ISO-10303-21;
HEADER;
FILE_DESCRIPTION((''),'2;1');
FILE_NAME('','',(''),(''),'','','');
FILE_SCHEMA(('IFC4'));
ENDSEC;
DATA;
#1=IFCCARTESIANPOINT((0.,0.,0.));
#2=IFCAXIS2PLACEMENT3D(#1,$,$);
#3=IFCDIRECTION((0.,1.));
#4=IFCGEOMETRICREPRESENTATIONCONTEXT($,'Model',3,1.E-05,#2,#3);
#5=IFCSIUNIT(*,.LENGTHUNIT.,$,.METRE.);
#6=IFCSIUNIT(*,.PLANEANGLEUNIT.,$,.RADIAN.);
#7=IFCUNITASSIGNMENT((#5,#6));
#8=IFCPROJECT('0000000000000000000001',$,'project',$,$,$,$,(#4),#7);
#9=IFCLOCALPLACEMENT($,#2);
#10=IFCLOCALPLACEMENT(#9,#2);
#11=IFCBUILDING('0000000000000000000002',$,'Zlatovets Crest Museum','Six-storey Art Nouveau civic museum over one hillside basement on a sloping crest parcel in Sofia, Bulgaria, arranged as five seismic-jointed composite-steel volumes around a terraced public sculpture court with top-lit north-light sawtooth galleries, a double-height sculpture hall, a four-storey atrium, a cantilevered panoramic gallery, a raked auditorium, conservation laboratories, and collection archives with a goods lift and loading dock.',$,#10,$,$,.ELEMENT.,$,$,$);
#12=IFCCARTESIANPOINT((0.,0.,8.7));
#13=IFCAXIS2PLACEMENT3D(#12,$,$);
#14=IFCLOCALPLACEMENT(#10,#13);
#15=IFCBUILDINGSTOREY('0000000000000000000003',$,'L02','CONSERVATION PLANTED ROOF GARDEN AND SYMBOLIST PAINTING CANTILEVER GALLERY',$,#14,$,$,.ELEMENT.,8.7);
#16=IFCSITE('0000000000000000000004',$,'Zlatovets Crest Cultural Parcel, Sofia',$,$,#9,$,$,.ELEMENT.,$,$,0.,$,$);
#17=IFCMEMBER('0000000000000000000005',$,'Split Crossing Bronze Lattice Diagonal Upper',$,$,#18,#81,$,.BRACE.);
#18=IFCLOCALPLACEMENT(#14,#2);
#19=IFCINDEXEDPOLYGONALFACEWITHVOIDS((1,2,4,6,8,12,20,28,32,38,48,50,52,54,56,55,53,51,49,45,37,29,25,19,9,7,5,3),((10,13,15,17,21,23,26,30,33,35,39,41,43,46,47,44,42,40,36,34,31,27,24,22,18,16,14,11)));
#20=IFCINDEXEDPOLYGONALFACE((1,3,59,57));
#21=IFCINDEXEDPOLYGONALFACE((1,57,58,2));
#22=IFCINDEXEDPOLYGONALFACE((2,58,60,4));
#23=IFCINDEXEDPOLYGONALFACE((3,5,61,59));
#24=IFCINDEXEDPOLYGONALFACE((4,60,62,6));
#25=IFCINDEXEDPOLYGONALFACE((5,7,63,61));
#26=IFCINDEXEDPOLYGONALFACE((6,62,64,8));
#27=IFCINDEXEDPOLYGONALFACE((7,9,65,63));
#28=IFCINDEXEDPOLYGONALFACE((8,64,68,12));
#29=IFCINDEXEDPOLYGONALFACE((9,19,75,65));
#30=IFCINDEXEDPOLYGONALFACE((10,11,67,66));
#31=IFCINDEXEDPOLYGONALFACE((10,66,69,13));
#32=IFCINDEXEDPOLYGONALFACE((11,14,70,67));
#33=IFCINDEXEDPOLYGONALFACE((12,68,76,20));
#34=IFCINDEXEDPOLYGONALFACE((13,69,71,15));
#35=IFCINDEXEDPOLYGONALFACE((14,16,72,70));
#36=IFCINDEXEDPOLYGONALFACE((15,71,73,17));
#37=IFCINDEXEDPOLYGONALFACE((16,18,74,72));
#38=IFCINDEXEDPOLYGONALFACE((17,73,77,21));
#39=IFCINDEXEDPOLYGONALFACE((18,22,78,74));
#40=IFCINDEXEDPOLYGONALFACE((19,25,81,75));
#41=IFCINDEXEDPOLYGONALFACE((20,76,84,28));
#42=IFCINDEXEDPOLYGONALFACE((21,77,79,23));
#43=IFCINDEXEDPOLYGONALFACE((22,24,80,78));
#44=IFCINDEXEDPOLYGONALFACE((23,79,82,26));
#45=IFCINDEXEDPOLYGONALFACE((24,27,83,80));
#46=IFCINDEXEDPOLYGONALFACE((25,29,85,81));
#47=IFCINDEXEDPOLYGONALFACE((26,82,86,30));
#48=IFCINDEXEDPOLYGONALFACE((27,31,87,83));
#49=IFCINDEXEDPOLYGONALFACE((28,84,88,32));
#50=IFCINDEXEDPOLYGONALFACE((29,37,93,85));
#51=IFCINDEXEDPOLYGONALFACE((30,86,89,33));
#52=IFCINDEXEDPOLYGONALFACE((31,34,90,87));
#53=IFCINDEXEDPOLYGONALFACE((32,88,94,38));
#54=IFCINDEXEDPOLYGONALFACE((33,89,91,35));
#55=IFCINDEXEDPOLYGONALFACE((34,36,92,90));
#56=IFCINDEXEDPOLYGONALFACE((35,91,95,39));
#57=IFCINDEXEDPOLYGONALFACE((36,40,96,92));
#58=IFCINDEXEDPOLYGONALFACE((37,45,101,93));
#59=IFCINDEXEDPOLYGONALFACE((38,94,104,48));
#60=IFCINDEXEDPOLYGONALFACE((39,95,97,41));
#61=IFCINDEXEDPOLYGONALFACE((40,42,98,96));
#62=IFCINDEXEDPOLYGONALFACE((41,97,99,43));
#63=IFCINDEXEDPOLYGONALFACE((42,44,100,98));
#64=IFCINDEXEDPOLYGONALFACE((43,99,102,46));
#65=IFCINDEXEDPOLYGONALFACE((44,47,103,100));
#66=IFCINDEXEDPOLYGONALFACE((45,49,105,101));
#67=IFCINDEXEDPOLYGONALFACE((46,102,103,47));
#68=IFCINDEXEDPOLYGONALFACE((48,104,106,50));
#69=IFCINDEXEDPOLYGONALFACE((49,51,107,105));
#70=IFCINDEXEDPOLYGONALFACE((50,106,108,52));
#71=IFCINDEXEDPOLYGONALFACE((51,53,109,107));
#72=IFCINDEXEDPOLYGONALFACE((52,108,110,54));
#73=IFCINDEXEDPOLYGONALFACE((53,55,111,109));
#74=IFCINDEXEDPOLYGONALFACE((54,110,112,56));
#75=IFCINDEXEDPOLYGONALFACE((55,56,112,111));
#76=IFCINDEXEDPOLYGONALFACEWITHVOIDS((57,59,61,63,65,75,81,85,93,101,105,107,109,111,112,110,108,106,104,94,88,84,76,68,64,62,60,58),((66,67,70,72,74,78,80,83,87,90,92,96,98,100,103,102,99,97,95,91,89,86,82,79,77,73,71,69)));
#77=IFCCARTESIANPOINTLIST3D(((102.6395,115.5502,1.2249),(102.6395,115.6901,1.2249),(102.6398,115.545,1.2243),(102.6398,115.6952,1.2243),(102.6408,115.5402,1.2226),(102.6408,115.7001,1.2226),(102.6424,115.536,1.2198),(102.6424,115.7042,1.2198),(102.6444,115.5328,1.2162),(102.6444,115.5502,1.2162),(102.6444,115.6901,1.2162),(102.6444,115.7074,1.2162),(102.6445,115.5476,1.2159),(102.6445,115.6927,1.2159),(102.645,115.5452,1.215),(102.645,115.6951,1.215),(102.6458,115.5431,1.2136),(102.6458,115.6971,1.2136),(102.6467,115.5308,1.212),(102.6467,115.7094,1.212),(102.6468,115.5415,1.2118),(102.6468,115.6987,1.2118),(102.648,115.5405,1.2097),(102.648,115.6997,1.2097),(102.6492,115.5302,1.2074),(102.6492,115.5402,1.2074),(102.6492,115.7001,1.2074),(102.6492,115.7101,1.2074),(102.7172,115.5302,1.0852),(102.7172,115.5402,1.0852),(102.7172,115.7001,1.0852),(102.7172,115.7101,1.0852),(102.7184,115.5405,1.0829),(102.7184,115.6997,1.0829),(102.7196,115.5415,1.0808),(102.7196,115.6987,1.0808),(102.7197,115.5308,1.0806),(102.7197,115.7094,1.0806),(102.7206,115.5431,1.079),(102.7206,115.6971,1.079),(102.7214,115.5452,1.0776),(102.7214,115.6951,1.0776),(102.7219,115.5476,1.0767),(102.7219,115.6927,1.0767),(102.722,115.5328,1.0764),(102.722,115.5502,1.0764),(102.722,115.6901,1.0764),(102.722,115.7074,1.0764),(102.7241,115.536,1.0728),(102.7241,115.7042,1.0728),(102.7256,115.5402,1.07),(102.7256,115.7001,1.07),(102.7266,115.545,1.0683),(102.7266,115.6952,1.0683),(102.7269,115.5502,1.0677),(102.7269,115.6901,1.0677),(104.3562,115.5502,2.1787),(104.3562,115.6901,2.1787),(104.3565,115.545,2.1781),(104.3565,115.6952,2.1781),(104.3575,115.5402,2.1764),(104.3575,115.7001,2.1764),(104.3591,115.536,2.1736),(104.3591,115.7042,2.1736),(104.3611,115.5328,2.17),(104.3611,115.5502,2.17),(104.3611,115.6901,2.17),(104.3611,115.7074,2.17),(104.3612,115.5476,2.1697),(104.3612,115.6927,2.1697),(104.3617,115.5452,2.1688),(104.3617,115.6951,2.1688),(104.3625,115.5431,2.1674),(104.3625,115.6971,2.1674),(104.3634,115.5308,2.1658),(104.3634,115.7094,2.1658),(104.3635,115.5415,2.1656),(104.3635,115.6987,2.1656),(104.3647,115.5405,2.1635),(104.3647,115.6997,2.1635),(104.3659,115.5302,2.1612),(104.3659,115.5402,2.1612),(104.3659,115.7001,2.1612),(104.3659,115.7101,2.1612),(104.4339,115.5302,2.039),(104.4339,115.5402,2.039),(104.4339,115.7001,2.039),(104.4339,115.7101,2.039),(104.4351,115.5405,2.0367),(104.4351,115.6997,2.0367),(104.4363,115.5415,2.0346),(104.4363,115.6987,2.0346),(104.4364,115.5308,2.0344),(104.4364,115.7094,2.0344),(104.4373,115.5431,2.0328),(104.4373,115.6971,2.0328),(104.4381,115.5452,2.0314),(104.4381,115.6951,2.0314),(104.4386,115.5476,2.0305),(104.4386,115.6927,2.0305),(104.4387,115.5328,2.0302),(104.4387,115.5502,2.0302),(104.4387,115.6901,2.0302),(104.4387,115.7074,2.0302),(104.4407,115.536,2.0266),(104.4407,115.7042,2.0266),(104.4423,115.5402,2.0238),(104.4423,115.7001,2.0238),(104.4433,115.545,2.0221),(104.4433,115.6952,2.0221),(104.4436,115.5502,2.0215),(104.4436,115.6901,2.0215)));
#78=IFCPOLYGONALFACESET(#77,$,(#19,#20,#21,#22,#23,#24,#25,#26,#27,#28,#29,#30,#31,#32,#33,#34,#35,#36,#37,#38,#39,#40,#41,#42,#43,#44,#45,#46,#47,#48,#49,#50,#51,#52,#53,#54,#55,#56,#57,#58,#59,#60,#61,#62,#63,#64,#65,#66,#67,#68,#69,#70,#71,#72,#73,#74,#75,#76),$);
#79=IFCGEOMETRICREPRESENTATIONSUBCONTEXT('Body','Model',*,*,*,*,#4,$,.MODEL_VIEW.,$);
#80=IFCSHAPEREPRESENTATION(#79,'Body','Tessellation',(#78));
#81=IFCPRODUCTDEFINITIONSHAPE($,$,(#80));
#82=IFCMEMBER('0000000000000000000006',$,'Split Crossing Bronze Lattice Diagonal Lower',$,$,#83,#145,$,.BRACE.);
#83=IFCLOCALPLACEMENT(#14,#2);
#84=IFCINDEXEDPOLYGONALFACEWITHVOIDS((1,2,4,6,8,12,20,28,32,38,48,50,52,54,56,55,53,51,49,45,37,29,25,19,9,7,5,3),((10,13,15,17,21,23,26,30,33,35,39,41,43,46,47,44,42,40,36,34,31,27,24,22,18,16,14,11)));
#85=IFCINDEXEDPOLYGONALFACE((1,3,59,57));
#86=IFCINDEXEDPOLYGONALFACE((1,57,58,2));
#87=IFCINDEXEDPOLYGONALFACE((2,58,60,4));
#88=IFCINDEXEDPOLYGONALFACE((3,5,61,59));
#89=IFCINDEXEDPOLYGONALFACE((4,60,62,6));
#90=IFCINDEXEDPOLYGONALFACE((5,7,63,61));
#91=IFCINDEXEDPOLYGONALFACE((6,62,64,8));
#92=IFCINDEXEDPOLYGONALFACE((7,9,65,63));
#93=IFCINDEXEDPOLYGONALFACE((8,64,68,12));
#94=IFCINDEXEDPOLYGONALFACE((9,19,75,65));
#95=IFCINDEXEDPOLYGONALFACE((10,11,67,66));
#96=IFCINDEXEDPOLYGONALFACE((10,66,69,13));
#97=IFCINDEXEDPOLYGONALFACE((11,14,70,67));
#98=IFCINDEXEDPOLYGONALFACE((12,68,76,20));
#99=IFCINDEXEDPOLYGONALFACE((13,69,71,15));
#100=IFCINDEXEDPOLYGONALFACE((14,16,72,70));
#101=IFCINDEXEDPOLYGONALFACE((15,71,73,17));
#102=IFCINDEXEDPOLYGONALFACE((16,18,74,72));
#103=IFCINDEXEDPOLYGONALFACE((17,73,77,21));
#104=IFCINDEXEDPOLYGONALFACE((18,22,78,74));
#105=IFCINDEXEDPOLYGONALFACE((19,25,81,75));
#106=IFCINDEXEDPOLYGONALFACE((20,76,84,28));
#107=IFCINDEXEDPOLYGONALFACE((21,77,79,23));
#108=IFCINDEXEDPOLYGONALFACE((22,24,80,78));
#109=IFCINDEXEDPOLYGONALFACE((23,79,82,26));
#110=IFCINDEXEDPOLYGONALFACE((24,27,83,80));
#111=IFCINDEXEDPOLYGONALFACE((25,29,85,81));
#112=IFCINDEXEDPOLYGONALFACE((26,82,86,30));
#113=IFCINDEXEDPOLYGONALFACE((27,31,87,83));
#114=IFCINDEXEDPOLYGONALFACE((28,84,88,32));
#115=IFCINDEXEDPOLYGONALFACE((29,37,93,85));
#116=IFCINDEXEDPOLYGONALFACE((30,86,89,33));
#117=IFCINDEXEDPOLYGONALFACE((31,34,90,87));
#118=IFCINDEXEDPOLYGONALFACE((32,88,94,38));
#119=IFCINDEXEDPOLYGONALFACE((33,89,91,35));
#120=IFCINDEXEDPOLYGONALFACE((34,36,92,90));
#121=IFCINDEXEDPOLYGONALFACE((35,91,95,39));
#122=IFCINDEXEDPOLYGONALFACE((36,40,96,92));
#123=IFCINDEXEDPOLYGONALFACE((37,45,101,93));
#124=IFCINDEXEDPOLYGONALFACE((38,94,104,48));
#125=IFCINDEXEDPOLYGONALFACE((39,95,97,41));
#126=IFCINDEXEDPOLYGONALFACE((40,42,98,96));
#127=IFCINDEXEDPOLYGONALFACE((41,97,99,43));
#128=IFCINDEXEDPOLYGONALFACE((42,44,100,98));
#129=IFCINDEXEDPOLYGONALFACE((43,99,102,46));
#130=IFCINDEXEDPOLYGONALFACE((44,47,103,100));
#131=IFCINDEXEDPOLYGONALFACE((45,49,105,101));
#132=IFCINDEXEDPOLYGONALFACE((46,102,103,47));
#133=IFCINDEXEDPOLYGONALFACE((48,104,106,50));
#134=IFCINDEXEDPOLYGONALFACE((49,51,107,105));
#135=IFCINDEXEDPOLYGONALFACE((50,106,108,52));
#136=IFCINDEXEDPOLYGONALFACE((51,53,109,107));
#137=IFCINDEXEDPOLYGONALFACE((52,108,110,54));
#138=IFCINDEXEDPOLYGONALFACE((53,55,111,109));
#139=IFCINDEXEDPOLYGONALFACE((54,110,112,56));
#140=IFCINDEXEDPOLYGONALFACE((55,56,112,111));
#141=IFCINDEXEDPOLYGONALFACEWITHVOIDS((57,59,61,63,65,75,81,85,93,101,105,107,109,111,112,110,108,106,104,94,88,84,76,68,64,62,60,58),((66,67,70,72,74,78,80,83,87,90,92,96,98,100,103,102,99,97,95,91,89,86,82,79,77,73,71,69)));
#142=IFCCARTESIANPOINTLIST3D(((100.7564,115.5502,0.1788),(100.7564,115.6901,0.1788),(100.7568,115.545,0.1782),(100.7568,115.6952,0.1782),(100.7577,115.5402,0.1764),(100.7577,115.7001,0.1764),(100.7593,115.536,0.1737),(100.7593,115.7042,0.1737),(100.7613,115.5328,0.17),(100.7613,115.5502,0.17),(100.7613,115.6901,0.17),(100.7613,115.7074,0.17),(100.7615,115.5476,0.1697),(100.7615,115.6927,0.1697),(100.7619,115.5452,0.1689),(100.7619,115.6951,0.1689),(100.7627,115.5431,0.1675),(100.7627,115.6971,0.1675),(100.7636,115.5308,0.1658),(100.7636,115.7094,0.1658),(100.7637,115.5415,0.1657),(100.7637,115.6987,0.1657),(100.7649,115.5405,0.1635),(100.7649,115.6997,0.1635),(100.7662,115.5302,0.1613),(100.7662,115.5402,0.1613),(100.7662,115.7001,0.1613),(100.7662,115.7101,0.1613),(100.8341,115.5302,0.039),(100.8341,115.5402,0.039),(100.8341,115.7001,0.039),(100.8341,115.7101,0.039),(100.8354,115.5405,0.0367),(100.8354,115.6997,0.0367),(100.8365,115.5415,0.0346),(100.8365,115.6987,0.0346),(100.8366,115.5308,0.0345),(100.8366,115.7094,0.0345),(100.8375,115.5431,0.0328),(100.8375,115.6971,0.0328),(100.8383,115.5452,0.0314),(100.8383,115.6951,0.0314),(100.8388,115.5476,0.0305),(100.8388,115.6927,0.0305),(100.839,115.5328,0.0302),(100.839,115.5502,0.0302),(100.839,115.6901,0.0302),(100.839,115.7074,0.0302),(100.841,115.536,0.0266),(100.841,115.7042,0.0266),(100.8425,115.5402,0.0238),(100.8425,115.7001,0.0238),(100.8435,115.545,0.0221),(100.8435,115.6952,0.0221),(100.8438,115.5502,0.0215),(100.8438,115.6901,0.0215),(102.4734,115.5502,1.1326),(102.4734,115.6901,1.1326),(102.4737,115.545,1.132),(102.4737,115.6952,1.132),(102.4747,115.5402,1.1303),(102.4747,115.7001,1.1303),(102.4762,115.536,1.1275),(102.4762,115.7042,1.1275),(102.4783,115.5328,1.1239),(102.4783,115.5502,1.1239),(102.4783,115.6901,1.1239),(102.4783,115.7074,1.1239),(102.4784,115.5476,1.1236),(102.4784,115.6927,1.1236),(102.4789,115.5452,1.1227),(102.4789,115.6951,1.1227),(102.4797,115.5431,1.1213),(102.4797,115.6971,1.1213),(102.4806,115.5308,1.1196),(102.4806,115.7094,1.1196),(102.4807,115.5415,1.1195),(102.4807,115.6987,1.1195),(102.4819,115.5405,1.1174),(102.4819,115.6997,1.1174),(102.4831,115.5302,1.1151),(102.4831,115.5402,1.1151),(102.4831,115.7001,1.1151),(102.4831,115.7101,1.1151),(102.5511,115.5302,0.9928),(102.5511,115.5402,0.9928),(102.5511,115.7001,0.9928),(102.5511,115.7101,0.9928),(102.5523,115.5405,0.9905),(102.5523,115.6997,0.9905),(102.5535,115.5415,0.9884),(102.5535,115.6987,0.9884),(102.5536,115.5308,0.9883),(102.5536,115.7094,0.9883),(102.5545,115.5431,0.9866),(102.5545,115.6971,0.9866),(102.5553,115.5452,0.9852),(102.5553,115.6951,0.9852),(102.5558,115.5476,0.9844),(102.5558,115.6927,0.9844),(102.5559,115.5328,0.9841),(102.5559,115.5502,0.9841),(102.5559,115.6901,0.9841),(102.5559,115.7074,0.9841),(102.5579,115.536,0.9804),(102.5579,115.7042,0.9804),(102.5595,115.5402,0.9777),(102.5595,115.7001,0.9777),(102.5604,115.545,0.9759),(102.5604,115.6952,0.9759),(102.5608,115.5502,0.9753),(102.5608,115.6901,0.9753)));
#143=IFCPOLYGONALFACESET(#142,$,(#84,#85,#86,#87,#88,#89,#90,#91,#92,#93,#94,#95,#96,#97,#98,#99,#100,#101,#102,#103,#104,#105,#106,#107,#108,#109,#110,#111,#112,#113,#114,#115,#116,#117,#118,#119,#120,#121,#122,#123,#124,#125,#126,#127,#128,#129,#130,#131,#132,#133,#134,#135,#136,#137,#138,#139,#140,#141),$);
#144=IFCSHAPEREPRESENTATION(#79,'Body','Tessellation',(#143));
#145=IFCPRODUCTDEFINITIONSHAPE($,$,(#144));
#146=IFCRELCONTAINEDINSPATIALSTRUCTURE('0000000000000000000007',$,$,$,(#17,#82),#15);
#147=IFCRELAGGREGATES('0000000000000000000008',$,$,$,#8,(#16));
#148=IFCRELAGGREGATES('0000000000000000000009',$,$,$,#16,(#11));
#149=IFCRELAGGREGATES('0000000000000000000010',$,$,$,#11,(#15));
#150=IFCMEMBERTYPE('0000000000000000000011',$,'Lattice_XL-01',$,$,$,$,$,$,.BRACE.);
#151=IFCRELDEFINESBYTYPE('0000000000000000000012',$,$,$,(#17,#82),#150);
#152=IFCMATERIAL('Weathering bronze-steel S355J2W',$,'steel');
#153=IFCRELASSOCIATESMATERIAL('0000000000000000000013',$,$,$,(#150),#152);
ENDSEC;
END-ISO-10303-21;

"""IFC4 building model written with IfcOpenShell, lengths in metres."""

from ifc_helpers import new_model, si_unit, direction, frame, origin, origin_2d, place, context, subcontext, project, spatial, hollow_rectangle, extrude, material, material_profile, profile_set, type_object, element, save


model = new_model("IFC4")

# Units and contexts
model_context = context("Model", 3, precision=1e-05, world=origin(), true_north=direction((0.0, 1.0)))
body_context = subcontext(model_context, "Body", "Model", "MODEL_VIEW")
ifc_project = project(units=[si_unit("LENGTHUNIT", "METRE"), si_unit("PLANEANGLEUNIT", "RADIAN")], contexts=[model_context])

# Site, building, storey
site_placement = place(None, origin())
site = spatial("IfcSite", under=ifc_project, at=site_placement, Name="Zlatovets Crest Cultural Parcel, Sofia", CompositionType="ELEMENT", RefElevation=0.0)
building_placement = place(site_placement, origin())
building = spatial("IfcBuilding", under=site, at=building_placement, Name="Zlatovets Crest Museum", Description="Six-storey Art Nouveau civic museum over one hillside basement on a sloping crest parcel in Sofia, Bulgaria, arranged as five seismic-jointed composite-steel volumes around a terraced public sculpture court with top-lit north-light sawtooth galleries, a double-height sculpture hall, a four-storey atrium, a cantilevered panoramic gallery, a raked auditorium, conservation laboratories, and collection archives with a goods lift and loading dock.", CompositionType="ELEMENT")
storey_placement = place(building_placement, frame((0.0, 0.0, 8.7)))
storey = spatial("IfcBuildingStorey", under=building, at=storey_placement, Name="L02", Description="CONSERVATION PLANTED ROOF GARDEN AND SYMBOLIST PAINTING CANTILEVER GALLERY", CompositionType="ELEMENT", Elevation=8.7)

# Members
ifc_material_1 = material(Name="Weathering bronze-steel S355J2W", Category="steel")
ifc_material_profile_1 = material_profile(ifc_material_1, hollow_rectangle(XDim=0.1799, YDim=0.1799, WallThickness=0.01, InnerFilletRadius=0.01, OuterFilletRadius=0.02, at=origin_2d()), Name="SHS 180x180x10.0")
ifc_profile_set_1 = profile_set([ifc_material_profile_1], Name="Weathering bronze-steel S355J2W")
member_type_1 = type_object("IfcMemberType", Name="Lattice_XL-01", PredefinedType="BRACE", material=ifc_profile_set_1)
member_1_placement = place(storey_placement, frame((104.3999, 115.6201, 2.1001), z_axis=(-0.87414, 0.0, -0.485675), x_axis=(0.0, -1.0, 0.0)))
element("IfcMember", 1, at=member_1_placement, inside=storey, type_object=member_type_1, Name="Split Crossing Bronze Lattice Diagonal Upper", PredefinedType="BRACE", context=body_context, shape_type="SweptSolid", body=[
    extrude(hollow_rectangle(XDim=0.1799, YDim=0.1799, WallThickness=0.01, InnerFilletRadius=0.01, OuterFilletRadius=0.02, at=origin_2d()), origin(), (0.0, 0.0, 1.0), 1.9639),
])
member_2_placement = place(storey_placement, frame((102.5171, 115.6201, 1.054), z_axis=(-0.874169, 0.0, -0.485622), x_axis=(0.0, -1.0, 0.0)))
element("IfcMember", 2, at=member_2_placement, inside=storey, type_object=member_type_1, Name="Split Crossing Bronze Lattice Diagonal Lower", PredefinedType="BRACE", context=body_context, shape_type="SweptSolid", body=[
    extrude(hollow_rectangle(XDim=0.1799, YDim=0.1799, WallThickness=0.01, InnerFilletRadius=0.01, OuterFilletRadius=0.02, at=origin_2d()), origin(), (0.0, 0.0, 1.0), 1.9641),
])

save(model, "model.ifc")
